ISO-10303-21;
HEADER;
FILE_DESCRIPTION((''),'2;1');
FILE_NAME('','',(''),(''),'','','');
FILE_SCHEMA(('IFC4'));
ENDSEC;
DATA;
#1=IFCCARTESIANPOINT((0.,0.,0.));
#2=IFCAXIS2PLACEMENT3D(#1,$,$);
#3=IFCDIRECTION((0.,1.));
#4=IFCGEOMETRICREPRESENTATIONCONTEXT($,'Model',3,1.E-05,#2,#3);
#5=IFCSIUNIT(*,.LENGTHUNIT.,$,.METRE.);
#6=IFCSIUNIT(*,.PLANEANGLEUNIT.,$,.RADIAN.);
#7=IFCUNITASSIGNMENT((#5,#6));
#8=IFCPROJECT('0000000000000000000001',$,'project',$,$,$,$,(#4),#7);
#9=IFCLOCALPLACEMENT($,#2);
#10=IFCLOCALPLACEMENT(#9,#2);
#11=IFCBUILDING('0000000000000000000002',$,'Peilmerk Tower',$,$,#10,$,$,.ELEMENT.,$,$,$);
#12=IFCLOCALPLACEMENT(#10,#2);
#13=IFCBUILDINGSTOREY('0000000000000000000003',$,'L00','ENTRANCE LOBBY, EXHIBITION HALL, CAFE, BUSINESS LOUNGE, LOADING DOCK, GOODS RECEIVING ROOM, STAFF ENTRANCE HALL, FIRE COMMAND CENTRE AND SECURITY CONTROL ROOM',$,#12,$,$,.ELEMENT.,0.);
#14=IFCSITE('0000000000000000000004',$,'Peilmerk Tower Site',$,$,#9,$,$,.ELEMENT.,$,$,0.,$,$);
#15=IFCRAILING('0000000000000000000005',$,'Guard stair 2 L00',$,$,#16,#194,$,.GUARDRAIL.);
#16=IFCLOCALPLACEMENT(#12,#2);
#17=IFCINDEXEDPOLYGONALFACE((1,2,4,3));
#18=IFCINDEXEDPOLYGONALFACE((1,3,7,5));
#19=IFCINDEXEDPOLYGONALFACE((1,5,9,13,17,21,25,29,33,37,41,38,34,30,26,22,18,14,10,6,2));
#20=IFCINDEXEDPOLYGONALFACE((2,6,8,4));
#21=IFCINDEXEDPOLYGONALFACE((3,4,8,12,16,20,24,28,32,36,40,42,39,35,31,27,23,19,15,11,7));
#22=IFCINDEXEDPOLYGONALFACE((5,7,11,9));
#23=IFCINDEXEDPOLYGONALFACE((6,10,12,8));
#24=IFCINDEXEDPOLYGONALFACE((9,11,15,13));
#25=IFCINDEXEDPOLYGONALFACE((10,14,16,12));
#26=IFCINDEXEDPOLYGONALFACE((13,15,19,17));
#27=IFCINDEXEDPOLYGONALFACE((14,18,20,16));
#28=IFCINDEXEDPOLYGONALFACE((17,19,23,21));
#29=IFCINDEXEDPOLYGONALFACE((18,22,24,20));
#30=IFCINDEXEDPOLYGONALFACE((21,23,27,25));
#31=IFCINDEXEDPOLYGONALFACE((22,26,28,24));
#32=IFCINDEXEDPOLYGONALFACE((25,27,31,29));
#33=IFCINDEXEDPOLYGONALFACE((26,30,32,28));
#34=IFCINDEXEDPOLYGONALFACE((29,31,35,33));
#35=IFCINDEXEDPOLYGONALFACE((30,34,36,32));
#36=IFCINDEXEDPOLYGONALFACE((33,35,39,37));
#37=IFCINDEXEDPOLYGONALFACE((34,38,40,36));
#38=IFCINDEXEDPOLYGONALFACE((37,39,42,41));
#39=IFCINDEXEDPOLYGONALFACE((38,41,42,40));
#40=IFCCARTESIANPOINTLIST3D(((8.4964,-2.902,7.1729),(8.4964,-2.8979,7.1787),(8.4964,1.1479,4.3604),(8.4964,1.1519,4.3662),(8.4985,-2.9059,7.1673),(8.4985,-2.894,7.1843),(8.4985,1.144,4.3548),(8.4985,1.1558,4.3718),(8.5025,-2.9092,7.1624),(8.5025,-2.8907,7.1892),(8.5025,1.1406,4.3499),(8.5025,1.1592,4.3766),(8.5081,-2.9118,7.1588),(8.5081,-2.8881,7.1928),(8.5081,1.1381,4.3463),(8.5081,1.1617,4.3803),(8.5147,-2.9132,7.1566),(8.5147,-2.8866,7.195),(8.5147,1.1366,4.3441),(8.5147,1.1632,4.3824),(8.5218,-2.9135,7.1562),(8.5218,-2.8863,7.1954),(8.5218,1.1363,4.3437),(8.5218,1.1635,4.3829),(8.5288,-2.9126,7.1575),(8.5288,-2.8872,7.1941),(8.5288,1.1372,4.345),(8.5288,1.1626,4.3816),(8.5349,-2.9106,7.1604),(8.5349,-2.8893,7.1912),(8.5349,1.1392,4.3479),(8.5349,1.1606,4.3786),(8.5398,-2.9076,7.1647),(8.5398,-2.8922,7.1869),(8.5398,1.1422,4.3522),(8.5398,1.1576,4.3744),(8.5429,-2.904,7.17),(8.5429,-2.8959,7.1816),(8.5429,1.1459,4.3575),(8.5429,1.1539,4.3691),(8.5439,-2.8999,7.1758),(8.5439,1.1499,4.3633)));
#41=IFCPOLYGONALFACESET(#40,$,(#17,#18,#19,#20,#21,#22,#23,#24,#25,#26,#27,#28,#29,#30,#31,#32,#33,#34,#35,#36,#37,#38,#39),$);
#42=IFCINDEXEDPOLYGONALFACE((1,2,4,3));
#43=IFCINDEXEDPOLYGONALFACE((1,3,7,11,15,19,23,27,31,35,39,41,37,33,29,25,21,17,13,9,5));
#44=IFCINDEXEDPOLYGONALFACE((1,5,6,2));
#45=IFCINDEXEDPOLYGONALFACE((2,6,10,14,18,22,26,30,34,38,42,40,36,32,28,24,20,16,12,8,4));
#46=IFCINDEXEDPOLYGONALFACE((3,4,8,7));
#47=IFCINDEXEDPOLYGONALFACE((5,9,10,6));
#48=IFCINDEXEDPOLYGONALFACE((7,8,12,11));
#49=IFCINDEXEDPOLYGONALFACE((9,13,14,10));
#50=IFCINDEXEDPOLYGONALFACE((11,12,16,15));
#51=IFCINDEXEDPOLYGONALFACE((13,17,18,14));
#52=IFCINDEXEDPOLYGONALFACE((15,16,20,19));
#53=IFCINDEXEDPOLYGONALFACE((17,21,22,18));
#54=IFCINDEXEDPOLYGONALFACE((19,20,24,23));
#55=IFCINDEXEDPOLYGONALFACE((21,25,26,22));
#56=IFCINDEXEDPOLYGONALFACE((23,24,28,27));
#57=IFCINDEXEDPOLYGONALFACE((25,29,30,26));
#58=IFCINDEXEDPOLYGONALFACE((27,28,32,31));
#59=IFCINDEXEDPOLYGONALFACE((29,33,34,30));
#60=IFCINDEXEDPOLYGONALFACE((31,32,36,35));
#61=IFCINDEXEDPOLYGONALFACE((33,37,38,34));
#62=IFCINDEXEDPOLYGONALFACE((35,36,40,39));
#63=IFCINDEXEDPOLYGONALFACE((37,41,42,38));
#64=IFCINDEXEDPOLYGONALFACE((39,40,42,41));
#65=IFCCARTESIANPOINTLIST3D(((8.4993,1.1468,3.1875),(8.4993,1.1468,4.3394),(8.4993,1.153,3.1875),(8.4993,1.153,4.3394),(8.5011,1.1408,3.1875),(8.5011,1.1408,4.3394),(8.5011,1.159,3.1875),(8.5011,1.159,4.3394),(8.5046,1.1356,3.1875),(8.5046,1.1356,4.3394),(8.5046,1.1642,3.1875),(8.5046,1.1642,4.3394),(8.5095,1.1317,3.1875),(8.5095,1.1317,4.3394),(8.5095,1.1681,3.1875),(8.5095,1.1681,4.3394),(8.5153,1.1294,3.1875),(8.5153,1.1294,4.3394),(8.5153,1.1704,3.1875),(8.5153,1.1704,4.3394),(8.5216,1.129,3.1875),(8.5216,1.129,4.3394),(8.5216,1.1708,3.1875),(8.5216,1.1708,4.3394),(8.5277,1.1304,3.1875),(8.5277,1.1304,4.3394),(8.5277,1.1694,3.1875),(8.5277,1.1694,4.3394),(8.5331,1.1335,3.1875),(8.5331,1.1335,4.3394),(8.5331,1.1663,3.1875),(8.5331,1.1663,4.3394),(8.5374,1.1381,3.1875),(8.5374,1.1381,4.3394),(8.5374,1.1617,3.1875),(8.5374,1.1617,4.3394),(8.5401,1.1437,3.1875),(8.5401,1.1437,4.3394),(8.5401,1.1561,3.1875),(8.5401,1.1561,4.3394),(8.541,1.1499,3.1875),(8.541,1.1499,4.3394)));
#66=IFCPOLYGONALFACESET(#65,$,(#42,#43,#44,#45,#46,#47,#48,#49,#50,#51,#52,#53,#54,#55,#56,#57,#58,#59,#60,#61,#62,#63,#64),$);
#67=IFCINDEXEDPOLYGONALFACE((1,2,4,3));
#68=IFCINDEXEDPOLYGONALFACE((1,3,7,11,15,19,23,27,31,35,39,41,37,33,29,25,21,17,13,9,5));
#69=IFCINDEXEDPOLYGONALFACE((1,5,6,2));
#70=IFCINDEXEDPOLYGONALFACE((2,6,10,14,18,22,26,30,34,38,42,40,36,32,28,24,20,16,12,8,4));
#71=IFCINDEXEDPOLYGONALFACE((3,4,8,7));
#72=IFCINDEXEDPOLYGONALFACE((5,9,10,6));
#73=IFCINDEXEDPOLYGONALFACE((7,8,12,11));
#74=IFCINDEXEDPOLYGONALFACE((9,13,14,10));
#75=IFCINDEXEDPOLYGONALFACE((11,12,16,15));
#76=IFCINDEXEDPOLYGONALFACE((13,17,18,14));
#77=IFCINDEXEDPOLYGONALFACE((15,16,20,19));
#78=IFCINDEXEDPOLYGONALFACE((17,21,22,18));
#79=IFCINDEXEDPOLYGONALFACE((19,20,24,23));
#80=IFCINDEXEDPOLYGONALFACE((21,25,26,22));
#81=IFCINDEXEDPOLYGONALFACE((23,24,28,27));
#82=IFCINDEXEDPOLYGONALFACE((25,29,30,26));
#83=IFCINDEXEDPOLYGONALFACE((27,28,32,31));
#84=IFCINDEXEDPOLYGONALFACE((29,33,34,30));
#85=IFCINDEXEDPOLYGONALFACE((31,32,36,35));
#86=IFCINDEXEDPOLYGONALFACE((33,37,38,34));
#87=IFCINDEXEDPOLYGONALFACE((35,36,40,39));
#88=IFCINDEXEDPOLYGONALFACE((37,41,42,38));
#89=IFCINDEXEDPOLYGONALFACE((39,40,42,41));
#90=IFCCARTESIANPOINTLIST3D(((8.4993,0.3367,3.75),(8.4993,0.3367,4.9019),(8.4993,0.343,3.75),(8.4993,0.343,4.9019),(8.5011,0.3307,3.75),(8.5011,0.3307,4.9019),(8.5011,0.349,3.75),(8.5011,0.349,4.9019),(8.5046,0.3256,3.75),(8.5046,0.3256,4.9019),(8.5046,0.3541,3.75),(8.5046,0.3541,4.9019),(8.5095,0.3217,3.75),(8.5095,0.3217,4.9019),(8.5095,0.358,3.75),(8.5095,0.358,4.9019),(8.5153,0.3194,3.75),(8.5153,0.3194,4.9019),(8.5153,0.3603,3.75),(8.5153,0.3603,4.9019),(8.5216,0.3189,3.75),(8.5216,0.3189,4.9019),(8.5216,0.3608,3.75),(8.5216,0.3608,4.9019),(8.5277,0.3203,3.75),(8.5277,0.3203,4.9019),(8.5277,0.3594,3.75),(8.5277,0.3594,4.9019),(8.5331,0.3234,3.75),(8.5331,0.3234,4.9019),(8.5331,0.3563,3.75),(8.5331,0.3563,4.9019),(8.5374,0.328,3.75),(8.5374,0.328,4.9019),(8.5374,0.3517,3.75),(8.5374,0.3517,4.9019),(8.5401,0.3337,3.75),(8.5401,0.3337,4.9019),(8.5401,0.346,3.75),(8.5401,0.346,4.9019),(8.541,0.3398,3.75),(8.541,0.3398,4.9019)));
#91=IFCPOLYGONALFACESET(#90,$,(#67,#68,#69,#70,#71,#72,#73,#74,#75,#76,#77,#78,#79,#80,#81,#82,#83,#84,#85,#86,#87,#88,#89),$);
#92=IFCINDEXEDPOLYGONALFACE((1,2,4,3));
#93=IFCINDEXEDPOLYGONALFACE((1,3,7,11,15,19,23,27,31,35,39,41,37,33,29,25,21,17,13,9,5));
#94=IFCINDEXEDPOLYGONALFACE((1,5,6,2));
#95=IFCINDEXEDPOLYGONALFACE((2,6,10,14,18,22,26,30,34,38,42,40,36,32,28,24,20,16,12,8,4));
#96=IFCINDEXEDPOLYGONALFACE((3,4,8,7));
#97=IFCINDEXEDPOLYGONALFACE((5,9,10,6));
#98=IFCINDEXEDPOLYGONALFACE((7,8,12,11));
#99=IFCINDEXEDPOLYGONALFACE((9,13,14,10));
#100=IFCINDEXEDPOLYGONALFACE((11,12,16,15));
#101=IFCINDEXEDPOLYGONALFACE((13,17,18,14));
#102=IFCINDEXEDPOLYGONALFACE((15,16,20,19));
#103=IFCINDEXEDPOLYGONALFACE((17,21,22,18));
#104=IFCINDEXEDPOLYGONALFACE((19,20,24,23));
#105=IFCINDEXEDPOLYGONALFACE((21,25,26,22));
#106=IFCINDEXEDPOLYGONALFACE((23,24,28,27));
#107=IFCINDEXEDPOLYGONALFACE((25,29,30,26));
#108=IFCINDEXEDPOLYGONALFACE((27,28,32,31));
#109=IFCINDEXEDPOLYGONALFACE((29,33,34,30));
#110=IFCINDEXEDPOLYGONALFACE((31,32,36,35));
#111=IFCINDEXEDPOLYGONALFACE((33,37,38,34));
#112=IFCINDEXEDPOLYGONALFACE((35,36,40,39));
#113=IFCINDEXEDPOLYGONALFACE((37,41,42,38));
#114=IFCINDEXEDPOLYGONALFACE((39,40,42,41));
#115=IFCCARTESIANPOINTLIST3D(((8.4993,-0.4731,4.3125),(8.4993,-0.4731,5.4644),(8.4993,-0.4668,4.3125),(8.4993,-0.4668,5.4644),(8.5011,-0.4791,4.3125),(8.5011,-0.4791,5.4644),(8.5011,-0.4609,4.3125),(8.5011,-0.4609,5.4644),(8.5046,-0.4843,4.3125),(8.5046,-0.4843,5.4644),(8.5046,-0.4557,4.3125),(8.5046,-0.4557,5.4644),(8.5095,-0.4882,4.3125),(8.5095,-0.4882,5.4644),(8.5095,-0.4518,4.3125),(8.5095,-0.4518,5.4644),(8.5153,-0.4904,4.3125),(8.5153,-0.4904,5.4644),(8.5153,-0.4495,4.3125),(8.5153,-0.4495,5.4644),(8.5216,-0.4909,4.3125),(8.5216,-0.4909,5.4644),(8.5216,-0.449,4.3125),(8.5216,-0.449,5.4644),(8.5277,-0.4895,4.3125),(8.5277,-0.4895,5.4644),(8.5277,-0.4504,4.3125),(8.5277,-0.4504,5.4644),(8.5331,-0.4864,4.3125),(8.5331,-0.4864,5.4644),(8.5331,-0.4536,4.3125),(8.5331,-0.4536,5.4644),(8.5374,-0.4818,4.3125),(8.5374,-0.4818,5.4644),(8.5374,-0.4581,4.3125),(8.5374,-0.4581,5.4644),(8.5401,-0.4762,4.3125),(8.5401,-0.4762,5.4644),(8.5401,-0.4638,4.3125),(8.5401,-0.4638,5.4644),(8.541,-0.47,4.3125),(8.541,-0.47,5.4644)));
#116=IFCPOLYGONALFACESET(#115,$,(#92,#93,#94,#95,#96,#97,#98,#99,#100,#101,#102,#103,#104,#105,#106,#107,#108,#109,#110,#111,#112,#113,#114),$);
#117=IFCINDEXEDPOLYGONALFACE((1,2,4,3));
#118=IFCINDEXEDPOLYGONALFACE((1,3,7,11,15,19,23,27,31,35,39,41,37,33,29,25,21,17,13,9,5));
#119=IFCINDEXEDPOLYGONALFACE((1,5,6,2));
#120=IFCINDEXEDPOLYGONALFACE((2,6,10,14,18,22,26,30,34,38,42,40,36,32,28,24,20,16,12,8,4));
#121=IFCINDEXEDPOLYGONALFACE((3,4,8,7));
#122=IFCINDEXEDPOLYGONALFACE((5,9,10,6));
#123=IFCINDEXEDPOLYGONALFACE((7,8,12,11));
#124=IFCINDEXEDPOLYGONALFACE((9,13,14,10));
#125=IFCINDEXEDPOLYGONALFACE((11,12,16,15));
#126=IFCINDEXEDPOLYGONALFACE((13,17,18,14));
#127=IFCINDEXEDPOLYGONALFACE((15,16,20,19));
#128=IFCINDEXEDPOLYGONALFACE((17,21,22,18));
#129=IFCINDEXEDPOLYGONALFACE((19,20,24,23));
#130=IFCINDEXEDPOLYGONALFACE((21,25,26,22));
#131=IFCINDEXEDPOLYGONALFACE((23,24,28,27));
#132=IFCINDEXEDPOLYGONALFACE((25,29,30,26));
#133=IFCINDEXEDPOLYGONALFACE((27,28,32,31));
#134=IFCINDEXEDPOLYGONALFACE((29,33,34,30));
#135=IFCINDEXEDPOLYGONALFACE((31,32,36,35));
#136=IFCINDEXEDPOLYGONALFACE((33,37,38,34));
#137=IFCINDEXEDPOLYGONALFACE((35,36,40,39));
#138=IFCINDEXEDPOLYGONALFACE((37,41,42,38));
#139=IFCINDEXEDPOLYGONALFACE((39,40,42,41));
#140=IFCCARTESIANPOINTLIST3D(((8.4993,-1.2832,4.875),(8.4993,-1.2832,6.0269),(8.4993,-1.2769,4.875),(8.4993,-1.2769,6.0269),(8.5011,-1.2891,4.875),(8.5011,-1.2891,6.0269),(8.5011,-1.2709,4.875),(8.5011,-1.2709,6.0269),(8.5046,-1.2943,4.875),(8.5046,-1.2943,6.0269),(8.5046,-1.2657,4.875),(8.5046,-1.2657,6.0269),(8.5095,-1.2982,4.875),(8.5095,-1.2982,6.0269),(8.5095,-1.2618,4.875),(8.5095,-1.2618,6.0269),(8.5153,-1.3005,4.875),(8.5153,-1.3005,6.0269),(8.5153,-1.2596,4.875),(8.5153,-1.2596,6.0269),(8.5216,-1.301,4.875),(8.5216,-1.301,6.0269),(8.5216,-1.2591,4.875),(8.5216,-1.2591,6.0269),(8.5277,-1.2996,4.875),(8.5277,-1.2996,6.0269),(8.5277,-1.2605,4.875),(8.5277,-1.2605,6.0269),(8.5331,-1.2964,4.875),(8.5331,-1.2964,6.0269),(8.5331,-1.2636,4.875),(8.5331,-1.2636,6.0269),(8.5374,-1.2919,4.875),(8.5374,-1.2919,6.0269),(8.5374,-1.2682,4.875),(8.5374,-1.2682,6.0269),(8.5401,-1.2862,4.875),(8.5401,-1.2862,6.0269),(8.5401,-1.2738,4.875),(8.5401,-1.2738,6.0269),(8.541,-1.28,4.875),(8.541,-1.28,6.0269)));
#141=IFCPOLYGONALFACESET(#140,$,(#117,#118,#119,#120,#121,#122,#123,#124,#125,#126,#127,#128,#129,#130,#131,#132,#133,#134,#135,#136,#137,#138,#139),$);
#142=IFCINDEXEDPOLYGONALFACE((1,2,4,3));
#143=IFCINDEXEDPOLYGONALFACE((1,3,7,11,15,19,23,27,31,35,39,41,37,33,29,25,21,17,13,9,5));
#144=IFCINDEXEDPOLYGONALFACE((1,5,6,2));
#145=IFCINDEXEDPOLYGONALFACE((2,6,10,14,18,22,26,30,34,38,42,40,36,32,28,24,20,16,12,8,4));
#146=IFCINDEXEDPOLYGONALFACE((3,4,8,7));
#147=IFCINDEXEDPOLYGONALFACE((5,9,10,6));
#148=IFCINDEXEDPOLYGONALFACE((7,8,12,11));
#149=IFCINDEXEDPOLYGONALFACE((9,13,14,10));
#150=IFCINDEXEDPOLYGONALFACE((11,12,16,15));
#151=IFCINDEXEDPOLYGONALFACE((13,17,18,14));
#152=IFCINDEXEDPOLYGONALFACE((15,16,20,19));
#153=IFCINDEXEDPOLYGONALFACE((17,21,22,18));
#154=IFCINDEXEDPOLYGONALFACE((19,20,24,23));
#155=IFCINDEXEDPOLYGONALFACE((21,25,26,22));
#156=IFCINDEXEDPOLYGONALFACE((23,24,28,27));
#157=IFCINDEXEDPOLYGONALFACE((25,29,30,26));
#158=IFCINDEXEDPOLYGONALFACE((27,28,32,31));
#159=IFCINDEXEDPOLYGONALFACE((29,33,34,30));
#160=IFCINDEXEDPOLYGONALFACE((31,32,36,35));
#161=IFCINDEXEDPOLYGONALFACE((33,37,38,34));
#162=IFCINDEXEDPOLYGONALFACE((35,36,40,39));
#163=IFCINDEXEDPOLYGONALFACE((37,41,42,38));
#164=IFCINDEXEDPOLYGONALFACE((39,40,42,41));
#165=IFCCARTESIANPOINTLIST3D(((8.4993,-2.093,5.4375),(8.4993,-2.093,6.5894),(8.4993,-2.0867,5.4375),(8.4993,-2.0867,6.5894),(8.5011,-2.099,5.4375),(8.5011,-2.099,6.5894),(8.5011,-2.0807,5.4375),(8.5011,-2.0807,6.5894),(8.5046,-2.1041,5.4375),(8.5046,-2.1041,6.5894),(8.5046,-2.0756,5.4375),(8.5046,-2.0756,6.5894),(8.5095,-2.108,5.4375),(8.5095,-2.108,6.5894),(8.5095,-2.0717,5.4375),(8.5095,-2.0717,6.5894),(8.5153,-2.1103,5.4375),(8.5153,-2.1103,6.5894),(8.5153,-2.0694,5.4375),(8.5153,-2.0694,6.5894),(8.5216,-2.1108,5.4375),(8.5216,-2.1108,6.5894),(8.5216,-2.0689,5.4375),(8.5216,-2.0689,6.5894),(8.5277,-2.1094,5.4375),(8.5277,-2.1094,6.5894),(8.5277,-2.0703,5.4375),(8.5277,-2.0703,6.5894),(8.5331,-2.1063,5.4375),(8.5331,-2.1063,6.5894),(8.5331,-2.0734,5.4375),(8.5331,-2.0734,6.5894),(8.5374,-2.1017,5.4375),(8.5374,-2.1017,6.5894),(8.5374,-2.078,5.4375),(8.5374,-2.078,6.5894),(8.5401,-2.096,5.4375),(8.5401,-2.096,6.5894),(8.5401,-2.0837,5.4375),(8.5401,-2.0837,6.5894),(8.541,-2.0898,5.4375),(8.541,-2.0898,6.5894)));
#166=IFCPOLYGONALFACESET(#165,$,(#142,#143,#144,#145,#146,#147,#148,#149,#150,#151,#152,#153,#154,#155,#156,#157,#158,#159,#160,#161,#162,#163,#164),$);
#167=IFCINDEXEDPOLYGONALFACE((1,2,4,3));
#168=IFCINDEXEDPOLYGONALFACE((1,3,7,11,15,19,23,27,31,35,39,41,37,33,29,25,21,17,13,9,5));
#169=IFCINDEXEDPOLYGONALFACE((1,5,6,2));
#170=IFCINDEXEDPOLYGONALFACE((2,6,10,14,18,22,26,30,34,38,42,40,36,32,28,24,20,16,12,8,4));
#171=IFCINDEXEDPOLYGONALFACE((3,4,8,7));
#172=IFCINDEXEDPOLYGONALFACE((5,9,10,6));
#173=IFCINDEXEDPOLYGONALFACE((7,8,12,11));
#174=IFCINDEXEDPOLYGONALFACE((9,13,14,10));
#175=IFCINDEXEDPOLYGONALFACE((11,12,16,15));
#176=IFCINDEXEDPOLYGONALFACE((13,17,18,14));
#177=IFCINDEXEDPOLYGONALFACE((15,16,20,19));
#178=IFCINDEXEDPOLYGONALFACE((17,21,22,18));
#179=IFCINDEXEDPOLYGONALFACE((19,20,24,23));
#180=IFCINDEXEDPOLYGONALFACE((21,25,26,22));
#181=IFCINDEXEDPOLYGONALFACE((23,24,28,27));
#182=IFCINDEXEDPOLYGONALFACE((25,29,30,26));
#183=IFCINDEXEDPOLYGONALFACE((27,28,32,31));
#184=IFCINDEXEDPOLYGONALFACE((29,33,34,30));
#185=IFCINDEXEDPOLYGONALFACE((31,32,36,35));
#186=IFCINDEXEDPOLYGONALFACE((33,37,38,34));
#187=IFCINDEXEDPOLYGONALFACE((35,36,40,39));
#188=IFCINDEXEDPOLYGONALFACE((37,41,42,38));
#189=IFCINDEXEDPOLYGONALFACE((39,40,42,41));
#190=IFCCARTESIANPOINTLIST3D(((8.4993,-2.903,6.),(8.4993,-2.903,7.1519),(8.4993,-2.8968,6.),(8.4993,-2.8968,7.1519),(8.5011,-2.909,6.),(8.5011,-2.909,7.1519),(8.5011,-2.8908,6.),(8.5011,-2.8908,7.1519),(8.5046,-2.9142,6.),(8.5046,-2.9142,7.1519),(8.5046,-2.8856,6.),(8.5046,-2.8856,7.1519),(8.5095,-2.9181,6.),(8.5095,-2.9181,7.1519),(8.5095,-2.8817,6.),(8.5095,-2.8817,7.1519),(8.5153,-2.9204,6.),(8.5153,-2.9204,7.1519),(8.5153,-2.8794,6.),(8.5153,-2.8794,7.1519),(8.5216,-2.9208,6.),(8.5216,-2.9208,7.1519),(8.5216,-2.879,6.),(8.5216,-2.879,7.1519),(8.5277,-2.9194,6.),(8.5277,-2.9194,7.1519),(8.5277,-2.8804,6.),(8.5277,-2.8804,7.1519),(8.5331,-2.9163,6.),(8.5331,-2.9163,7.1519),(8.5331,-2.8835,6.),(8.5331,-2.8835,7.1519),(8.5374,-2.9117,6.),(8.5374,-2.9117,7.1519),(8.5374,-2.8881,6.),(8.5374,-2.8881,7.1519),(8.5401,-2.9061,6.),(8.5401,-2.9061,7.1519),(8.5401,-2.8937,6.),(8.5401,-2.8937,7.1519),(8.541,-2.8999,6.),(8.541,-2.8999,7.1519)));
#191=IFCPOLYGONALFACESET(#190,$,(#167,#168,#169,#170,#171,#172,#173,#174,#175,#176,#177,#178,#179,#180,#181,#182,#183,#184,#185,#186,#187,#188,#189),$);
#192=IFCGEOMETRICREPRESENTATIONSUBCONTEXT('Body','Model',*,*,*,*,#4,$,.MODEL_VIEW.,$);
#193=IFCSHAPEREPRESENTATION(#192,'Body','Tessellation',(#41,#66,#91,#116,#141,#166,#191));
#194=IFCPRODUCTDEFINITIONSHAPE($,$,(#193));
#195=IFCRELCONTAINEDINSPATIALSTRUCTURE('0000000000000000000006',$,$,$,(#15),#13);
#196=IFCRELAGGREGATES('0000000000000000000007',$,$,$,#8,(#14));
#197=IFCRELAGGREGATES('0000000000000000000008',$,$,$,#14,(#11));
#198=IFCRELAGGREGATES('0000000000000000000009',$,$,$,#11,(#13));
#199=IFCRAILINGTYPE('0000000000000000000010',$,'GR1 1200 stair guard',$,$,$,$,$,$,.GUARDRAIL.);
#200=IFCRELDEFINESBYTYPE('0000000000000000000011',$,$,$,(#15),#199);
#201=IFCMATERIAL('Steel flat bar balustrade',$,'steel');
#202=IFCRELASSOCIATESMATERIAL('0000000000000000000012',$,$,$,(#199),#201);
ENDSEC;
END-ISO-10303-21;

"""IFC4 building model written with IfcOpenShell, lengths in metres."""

from ifc_helpers import new_model, si_unit, direction, frame, origin, origin_2d, place, context, subcontext, project, spatial, circle, extrude, material, type_object, element, save


model = new_model("IFC4")

# Units and contexts
model_context = context("Model", 3, precision=1e-05, world=origin(), true_north=direction((0.0, 1.0)))
body_context = subcontext(model_context, "Body", "Model", "MODEL_VIEW")
ifc_project = project(units=[si_unit("LENGTHUNIT", "METRE"), si_unit("PLANEANGLEUNIT", "RADIAN")], contexts=[model_context])

# Site, building, storey
site_placement = place(None, origin())
site = spatial("IfcSite", under=ifc_project, at=site_placement, Name="Peilmerk Tower Site", CompositionType="ELEMENT", RefElevation=0.0)
building_placement = place(site_placement, origin())
building = spatial("IfcBuilding", under=site, at=building_placement, Name="Peilmerk Tower", CompositionType="ELEMENT")
storey_placement = place(building_placement, origin())
storey = spatial("IfcBuildingStorey", under=building, at=storey_placement, Name="L00", Description="ENTRANCE LOBBY, EXHIBITION HALL, CAFE, BUSINESS LOUNGE, LOADING DOCK, GOODS RECEIVING ROOM, STAFF ENTRANCE HALL, FIRE COMMAND CENTRE AND SECURITY CONTROL ROOM", CompositionType="ELEMENT", Elevation=0.0)

# Railing
ifc_material_1 = material(Name="Steel flat bar balustrade", Category="steel")
railing_type = type_object("IfcRailingType", Name="GR1 1200 stair guard", PredefinedType="GUARDRAIL", material=ifc_material_1)
railing_placement = place(storey_placement, frame((8.52, 1.1499, 3.1875)))
element("IfcRailing", 1, at=railing_placement, inside=storey, type_object=railing_type, Name="Guard stair 2 L00", PredefinedType="GUARDRAIL", context=body_context, shape_type="SweptSolid", body=[
    extrude(circle(Radius=0.0239, at=origin_2d()), frame((0.0, 0.0, 1.1758), z_axis=(0.0, -0.821357, 0.570414), x_axis=(1.0, 0.0, 0.0)), (0.0, 0.0, 1.0), 4.9307),
    extrude(circle(Radius=0.021, at=origin_2d()), origin(), (0.0, 0.0, 1.0), 1.1519),
    extrude(circle(Radius=0.021, at=origin_2d()), frame((0.0, -0.8101, 0.5625)), (0.0, 0.0, 1.0), 1.1519),
    extrude(circle(Radius=0.021, at=origin_2d()), frame((0.0, -1.6199, 1.125)), (0.0, 0.0, 1.0), 1.1519),
    extrude(circle(Radius=0.021, at=origin_2d()), frame((0.0, -2.4299, 1.6875)), (0.0, 0.0, 1.0), 1.1519),
    extrude(circle(Radius=0.021, at=origin_2d()), frame((0.0, -3.2397, 2.25)), (0.0, 0.0, 1.0), 1.1519),
    extrude(circle(Radius=0.021, at=origin_2d()), frame((0.0, -4.0498, 2.8125)), (0.0, 0.0, 1.0), 1.1519),
])

save(model, "model.ifc")
